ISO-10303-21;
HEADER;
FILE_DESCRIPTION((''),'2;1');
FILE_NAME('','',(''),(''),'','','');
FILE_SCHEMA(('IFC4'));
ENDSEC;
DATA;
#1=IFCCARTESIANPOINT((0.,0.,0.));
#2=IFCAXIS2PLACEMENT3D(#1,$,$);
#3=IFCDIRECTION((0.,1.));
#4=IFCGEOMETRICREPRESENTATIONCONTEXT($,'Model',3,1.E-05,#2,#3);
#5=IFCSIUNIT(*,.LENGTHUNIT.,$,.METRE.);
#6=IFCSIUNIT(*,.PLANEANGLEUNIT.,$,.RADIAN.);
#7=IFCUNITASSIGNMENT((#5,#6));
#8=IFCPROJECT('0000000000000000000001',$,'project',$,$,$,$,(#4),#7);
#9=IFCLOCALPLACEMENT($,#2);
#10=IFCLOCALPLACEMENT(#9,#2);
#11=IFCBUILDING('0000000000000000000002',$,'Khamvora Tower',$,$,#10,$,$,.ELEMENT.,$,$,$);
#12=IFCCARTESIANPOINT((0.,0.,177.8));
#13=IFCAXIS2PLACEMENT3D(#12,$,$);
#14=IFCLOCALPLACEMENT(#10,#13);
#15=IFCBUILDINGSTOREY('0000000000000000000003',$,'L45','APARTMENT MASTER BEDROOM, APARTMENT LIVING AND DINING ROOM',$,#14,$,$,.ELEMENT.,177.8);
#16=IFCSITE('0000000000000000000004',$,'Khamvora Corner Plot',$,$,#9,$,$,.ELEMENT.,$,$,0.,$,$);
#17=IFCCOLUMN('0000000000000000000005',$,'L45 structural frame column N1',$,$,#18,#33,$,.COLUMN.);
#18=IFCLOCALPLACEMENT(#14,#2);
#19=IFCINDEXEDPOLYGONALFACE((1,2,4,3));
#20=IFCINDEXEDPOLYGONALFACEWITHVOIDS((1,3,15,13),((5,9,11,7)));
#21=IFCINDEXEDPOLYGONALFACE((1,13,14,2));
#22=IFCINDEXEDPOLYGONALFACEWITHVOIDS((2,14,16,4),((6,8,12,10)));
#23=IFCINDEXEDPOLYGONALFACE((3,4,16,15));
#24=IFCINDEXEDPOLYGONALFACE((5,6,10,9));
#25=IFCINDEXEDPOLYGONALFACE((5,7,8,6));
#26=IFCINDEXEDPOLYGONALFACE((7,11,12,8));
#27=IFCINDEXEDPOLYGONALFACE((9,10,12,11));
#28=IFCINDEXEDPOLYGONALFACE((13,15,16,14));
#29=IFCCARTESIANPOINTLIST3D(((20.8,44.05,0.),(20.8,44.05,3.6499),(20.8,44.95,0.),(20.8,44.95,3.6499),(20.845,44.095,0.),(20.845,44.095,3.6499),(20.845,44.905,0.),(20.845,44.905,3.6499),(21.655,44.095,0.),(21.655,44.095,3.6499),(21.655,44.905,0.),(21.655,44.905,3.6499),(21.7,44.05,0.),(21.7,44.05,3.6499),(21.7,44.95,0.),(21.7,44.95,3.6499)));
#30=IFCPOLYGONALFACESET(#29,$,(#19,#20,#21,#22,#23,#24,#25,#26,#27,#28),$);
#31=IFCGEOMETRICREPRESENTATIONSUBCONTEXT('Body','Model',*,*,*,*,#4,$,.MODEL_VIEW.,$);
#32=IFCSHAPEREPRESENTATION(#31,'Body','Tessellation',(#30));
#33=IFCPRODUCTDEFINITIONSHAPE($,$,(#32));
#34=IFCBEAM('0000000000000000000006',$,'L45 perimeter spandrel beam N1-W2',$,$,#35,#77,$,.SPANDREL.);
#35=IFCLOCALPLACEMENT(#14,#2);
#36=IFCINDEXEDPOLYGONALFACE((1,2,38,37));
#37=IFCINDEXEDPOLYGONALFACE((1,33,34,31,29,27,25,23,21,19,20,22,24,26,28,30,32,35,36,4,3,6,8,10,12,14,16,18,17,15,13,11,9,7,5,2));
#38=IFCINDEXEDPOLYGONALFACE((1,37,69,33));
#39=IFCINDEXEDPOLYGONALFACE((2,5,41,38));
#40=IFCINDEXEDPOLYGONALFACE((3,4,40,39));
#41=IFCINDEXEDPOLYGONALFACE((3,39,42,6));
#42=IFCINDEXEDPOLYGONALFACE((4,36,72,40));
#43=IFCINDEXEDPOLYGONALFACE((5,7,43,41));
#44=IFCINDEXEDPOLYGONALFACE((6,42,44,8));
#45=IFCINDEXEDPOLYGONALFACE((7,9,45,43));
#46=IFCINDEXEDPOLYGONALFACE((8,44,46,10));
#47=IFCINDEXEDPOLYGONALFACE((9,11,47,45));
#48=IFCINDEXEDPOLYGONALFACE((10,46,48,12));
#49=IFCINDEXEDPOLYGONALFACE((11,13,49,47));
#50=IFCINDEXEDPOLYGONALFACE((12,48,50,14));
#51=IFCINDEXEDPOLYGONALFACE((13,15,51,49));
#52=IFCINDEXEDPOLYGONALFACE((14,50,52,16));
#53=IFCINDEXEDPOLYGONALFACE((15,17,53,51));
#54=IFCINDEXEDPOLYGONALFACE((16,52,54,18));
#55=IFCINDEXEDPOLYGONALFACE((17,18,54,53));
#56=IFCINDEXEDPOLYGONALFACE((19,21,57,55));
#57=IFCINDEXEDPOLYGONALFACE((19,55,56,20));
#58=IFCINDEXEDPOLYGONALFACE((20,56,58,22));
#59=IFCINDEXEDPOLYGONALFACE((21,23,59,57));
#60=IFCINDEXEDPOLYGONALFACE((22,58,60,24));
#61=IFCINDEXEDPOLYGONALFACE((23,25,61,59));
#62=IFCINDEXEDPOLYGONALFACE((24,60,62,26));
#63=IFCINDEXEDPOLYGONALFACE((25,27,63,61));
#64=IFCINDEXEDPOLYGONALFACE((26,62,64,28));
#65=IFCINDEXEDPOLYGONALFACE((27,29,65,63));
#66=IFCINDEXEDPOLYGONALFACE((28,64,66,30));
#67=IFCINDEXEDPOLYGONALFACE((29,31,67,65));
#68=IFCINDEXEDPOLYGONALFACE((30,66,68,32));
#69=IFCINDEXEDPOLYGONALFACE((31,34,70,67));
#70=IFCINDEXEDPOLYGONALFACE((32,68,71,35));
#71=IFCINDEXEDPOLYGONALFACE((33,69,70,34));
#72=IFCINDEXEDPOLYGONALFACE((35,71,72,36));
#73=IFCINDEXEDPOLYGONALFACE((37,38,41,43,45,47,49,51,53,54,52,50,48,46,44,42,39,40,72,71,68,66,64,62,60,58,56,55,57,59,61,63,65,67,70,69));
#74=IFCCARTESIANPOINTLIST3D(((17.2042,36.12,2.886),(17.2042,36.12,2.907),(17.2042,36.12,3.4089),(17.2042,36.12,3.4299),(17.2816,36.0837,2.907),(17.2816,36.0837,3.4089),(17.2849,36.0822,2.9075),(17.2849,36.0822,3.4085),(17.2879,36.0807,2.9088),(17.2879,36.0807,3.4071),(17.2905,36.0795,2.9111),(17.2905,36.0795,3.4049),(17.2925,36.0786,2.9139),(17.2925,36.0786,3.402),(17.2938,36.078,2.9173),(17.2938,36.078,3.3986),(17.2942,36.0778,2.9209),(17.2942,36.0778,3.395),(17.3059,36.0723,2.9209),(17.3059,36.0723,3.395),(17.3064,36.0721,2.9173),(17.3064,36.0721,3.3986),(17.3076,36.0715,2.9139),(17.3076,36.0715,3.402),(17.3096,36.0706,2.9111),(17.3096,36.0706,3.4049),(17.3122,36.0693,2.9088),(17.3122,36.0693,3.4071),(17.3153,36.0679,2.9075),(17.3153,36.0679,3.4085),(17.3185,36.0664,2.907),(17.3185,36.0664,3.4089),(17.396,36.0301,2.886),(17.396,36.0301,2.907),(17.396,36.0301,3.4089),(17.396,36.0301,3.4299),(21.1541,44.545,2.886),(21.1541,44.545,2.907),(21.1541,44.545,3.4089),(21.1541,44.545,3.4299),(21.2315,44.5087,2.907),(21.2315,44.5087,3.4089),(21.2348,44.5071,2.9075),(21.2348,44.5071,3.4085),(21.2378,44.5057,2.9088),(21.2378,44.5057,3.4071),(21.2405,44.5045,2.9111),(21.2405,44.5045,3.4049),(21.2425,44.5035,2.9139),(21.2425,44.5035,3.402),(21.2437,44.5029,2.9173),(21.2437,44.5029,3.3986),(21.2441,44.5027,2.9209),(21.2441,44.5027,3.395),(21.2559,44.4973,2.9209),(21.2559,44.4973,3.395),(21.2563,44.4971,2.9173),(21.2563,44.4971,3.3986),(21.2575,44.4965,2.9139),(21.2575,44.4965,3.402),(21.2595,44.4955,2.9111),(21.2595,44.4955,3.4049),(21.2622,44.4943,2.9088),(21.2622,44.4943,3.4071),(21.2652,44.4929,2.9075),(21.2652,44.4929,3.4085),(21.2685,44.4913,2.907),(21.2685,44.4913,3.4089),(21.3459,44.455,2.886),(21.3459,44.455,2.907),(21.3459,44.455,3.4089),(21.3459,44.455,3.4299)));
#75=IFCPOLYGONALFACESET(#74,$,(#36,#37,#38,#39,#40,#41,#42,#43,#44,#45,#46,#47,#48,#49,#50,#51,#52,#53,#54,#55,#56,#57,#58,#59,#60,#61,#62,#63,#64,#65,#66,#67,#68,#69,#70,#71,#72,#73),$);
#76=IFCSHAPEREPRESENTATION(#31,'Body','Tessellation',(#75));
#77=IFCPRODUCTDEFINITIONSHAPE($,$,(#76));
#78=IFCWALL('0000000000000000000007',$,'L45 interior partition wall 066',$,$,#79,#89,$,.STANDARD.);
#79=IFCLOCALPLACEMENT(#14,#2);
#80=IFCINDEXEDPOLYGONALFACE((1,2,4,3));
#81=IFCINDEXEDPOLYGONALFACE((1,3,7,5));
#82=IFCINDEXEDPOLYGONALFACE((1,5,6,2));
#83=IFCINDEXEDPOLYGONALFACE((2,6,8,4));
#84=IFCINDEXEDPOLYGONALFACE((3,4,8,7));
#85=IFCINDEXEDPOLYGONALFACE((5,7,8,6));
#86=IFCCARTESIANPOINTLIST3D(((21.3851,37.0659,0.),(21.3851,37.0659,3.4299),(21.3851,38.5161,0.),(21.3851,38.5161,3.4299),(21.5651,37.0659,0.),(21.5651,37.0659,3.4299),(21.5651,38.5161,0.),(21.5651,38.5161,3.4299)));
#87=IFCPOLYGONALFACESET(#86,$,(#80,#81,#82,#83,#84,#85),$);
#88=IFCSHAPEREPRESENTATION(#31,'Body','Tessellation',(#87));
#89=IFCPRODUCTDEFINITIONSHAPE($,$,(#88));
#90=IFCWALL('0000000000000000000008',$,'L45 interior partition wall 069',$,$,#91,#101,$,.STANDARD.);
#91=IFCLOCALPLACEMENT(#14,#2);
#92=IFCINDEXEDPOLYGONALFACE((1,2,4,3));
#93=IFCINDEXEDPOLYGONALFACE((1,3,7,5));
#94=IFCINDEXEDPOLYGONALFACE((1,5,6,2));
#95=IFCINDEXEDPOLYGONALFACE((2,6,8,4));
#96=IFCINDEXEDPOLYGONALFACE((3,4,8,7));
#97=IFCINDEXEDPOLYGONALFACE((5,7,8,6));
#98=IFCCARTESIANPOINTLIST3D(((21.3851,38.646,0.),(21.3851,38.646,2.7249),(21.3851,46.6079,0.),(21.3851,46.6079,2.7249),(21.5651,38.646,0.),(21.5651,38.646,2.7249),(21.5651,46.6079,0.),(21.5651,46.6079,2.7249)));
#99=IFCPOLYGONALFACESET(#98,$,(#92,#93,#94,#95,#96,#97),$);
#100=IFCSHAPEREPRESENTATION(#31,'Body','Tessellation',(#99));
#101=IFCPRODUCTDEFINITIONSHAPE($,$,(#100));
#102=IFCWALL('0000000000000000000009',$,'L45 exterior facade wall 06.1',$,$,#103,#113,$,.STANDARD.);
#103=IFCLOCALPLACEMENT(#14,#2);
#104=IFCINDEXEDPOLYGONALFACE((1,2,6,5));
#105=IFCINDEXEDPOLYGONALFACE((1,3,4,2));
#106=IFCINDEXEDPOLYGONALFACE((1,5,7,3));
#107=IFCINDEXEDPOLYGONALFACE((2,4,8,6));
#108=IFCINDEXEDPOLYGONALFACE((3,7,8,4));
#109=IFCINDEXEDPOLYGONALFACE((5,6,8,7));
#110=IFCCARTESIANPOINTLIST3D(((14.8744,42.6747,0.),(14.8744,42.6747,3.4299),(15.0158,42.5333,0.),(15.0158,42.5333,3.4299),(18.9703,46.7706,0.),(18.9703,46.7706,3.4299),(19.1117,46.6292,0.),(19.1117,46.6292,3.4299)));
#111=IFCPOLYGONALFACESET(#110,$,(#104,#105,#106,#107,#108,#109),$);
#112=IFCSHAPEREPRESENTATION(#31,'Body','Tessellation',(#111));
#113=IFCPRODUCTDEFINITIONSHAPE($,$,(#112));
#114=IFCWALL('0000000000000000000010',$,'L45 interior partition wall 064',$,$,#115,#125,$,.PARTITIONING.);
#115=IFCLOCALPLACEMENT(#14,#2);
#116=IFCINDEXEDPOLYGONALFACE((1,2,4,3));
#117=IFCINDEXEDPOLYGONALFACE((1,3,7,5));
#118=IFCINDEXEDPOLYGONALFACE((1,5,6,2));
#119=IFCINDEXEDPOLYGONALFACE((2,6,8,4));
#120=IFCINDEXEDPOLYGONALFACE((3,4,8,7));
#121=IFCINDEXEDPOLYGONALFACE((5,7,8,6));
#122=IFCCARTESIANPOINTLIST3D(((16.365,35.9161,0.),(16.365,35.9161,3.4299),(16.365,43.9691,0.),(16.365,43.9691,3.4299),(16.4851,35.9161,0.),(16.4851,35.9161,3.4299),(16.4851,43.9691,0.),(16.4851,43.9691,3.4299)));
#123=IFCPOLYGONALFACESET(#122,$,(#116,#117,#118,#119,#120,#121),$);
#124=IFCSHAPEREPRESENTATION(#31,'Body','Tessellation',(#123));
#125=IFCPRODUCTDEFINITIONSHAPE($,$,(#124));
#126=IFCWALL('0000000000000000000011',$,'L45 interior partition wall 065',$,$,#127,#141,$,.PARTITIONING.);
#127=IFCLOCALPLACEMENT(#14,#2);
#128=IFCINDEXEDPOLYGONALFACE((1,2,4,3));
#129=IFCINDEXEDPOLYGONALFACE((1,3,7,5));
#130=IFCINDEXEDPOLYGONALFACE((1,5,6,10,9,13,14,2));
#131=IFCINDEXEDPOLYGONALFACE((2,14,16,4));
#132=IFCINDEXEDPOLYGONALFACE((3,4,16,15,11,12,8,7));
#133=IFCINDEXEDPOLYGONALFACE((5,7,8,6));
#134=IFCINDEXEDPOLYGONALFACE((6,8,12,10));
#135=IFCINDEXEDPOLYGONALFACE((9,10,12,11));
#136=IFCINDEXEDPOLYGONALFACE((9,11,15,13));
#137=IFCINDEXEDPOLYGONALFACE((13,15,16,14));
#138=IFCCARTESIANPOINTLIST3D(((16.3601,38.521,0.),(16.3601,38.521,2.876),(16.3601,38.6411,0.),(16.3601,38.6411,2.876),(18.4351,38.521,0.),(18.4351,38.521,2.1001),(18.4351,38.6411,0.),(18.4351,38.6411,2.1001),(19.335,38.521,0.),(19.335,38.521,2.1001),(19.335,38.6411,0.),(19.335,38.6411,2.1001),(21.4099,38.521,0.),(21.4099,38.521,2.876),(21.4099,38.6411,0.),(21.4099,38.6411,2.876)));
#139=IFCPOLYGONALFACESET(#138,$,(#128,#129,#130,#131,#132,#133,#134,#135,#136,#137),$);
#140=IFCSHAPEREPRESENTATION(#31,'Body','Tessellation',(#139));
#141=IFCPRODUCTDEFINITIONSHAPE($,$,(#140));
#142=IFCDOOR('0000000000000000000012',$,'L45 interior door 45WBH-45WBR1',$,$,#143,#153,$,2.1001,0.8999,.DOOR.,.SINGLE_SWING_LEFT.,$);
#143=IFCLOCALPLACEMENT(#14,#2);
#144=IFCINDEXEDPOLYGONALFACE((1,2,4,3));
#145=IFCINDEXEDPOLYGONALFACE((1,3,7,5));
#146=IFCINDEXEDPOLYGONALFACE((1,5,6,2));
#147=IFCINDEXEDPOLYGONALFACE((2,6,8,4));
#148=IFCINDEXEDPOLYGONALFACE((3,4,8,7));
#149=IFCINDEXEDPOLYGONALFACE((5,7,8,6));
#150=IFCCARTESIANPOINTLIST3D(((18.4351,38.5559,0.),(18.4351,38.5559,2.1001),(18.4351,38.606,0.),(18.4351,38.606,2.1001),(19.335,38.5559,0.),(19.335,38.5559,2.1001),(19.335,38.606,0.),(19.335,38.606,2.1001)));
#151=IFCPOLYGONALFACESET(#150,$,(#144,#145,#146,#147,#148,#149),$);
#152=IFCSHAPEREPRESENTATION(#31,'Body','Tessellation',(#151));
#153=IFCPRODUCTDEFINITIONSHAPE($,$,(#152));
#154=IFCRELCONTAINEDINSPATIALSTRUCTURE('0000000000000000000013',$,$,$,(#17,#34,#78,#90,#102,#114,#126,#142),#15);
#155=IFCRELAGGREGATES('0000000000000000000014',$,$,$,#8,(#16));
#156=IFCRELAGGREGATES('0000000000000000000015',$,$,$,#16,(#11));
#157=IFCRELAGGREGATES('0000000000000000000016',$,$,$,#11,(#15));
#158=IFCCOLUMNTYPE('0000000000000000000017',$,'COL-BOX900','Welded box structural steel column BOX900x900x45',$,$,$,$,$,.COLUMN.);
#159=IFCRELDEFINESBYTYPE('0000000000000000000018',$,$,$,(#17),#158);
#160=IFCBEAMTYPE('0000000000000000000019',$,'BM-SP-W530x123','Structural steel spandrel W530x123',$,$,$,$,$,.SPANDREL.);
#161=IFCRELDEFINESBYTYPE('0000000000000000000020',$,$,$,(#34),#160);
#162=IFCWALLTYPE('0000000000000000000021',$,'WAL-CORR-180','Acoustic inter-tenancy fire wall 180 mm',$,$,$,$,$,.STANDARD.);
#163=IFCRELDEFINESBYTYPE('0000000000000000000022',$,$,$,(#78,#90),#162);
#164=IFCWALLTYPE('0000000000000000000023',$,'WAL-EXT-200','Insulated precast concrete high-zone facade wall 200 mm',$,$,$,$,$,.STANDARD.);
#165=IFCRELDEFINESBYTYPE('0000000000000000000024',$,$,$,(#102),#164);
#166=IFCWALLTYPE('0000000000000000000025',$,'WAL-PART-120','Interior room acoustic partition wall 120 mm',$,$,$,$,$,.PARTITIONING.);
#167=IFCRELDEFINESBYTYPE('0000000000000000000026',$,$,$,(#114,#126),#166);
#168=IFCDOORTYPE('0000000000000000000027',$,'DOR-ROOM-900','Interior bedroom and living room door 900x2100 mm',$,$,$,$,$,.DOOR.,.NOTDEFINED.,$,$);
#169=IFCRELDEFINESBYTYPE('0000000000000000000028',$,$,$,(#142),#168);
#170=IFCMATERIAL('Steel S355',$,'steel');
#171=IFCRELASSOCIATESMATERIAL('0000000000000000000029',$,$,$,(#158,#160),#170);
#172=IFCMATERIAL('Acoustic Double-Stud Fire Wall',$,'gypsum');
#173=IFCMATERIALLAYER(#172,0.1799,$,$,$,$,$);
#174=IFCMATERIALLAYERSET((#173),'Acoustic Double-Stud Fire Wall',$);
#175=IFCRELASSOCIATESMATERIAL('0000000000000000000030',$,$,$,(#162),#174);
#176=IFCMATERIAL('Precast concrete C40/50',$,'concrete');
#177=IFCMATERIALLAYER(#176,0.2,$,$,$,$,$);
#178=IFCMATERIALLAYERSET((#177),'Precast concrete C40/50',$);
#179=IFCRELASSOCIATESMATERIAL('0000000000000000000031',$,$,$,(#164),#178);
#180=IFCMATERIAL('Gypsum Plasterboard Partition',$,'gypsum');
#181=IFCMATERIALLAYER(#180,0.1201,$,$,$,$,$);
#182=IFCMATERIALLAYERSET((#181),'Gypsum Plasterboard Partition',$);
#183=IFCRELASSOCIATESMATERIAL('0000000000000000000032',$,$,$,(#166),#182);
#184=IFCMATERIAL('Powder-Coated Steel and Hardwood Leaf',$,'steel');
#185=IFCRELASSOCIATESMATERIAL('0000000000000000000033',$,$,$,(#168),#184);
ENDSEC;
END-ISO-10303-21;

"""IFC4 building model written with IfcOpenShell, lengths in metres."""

from ifc_helpers import new_model, si_unit, direction, frame, frame_2d, origin, origin_2d, place, context, subcontext, project, spatial, rectangle, hollow_rectangle, i_section, extrude, material, layer, layer_set, material_profile, profile_set, type_object, element, fill, save


model = new_model("IFC4")

# Units and contexts
model_context = context("Model", 3, precision=1e-05, world=origin(), true_north=direction((0.0, 1.0)))
body_context = subcontext(model_context, "Body", "Model", "MODEL_VIEW")
ifc_project = project(units=[si_unit("LENGTHUNIT", "METRE"), si_unit("PLANEANGLEUNIT", "RADIAN")], contexts=[model_context])

# Site, building, storey
site_placement = place(None, origin())
site = spatial("IfcSite", under=ifc_project, at=site_placement, Name="Khamvora Corner Plot", CompositionType="ELEMENT", RefElevation=0.0)
building_placement = place(site_placement, origin())
building = spatial("IfcBuilding", under=site, at=building_placement, Name="Khamvora Tower", CompositionType="ELEMENT")
storey_placement = place(building_placement, frame((0.0, 0.0, 177.8)))
storey = spatial("IfcBuildingStorey", under=building, at=storey_placement, Name="L45", Description="APARTMENT MASTER BEDROOM, APARTMENT LIVING AND DINING ROOM", CompositionType="ELEMENT", Elevation=177.8)

# Column
ifc_material_1 = material(Name="Steel S355", Category="steel")
ifc_material_profile_1 = material_profile(ifc_material_1, hollow_rectangle(XDim=0.8999, YDim=0.8999, WallThickness=0.0449, at=origin_2d()), Name="BOX900x900x45")
ifc_profile_set_1 = profile_set([ifc_material_profile_1], Name="Steel S355")
column_type = type_object("IfcColumnType", Name="COL-BOX900", Description="Welded box structural steel column BOX900x900x45", PredefinedType="COLUMN", material=ifc_profile_set_1)
column_placement = place(storey_placement, frame((21.25, 44.5, 0.0), z_axis=(0.0, 0.0, 1.0), x_axis=(1.0, 0.0, 0.0)))
element("IfcColumn", 1, at=column_placement, inside=storey, type_object=column_type, Name="L45 structural frame column N1", PredefinedType="COLUMN", context=body_context, shape_type="SweptSolid", body=[
    extrude(hollow_rectangle(XDim=0.8999, YDim=0.8999, WallThickness=0.0449, at=origin_2d()), origin(), (0.0, 0.0, 1.0), 3.6499),
])

# Beam
ifc_material_profile_2 = material_profile(ifc_material_1, i_section(OverallWidth=0.2119, OverallDepth=0.5439, WebThickness=0.0129, FlangeThickness=0.021, FilletRadius=0.0139, at=origin_2d()), Name="W530x123")
ifc_profile_set_2 = profile_set([ifc_material_profile_2], Name="Steel S355")
beam_type = type_object("IfcBeamType", Name="BM-SP-W530x123", Description="Structural steel spandrel W530x123", PredefinedType="SPANDREL", material=ifc_profile_set_2)
beam_placement = place(storey_placement, frame((21.25, 44.5, 3.158), z_axis=(-0.424496, -0.90543, 0.0), x_axis=(0.90543, -0.424496, 0.0)))
element("IfcBeam", 2, at=beam_placement, inside=storey, type_object=beam_type, Name="L45 perimeter spandrel beam N1-W2", PredefinedType="SPANDREL", context=body_context, shape_type="SweptSolid", body=[
    extrude(i_section(OverallWidth=0.2119, OverallDepth=0.5439, WebThickness=0.0129, FlangeThickness=0.021, FilletRadius=0.0139, at=origin_2d()), origin(), (0.0, 0.0, 1.0), 9.3049),
])

# Walls
ifc_material_2 = material(Name="Acoustic Double-Stud Fire Wall", Category="gypsum")
ifc_layer_1 = layer(ifc_material_2, 0.1799)
ifc_layer_set_1 = layer_set([ifc_layer_1], Name="Acoustic Double-Stud Fire Wall")
wall_type_1 = type_object("IfcWallType", Name="WAL-CORR-180", Description="Acoustic inter-tenancy fire wall 180 mm", PredefinedType="STANDARD", material=ifc_layer_set_1)
wall_1_placement = place(storey_placement, frame((21.4751, 38.5161, 0.0), z_axis=(0.0, 0.0, 1.0), x_axis=(0.0, -1.0, 0.0)))
element("IfcWall", 3, at=wall_1_placement, inside=storey, type_object=wall_type_1, Name="L45 interior partition wall 066", PredefinedType="STANDARD", context=body_context, shape_type="SweptSolid", body=[
    extrude(rectangle(XDim=1.4502, YDim=0.1799, at=frame_2d((0.7251, 0.0))), origin(), (0.0, 0.0, 1.0), 3.4299),
])
wall_2_placement = place(storey_placement, frame((21.4751, 46.6079, 0.0), z_axis=(0.0, 0.0, 1.0), x_axis=(0.0, -1.0, 0.0)))
element("IfcWall", 4, at=wall_2_placement, inside=storey, type_object=wall_type_1, Name="L45 interior partition wall 069", PredefinedType="STANDARD", context=body_context, shape_type="SweptSolid", body=[
    extrude(rectangle(XDim=7.9619, YDim=0.1799, at=frame_2d((3.981, 0.0))), origin(), (0.0, 0.0, 1.0), 2.7249),
])
ifc_material_3 = material(Name="Precast concrete C40/50", Category="concrete")
ifc_layer_2 = layer(ifc_material_3, 0.2)
ifc_layer_set_2 = layer_set([ifc_layer_2], Name="Precast concrete C40/50")
wall_type_2 = type_object("IfcWallType", Name="WAL-EXT-200", Description="Insulated precast concrete high-zone facade wall 200 mm", PredefinedType="STANDARD", material=ifc_layer_set_2)
wall_3_placement = place(storey_placement, frame((14.9451, 42.604, 0.0), z_axis=(0.0, 0.0, 1.0), x_axis=(0.707107, 0.707107, 0.0)))
element("IfcWall", 5, at=wall_3_placement, inside=storey, type_object=wall_type_2, Name="L45 exterior facade wall 06.1", PredefinedType="STANDARD", context=body_context, shape_type="SweptSolid", body=[
    extrude(rectangle(XDim=5.7925, YDim=0.2, at=frame_2d((2.8962, 0.0))), origin(), (0.0, 0.0, 1.0), 3.4299),
])

# Wall
ifc_material_4 = material(Name="Gypsum Plasterboard Partition", Category="gypsum")
ifc_layer_3 = layer(ifc_material_4, 0.1201)
ifc_layer_set_3 = layer_set([ifc_layer_3], Name="Gypsum Plasterboard Partition")
wall_type_3 = type_object("IfcWallType", Name="WAL-PART-120", Description="Interior room acoustic partition wall 120 mm", PredefinedType="PARTITIONING", material=ifc_layer_set_3)
wall_4_placement = place(storey_placement, frame((16.425, 43.969, 0.0), z_axis=(0.0, 0.0, 1.0), x_axis=(0.0, -1.0, 0.0)))
element("IfcWall", 6, at=wall_4_placement, inside=storey, type_object=wall_type_3, Name="L45 interior partition wall 064", PredefinedType="PARTITIONING", context=body_context, shape_type="SweptSolid", body=[
    extrude(rectangle(XDim=8.053, YDim=0.1201, at=frame_2d((4.0264, 0.0))), origin(), (0.0, 0.0, 1.0), 3.4299),
])

# Wall, opening, door
wall_5_placement = place(storey_placement, frame((16.3601, 38.5811, 0.0), z_axis=(0.0, 0.0, 1.0), x_axis=(1.0, 0.0, 0.0)))
wall_5 = element("IfcWall", 7, at=wall_5_placement, inside=storey, type_object=wall_type_3, Name="L45 interior partition wall 065", PredefinedType="PARTITIONING", context=body_context, shape_type="SweptSolid", body=[
    extrude(rectangle(XDim=5.0498, YDim=0.1201, at=frame_2d((2.5249, 0.0))), origin(), (0.0, 0.0, 1.0), 2.876),
])
opening_1_placement = place(wall_5_placement, frame((2.075, 0.0, 0.0)))
opening_1 = element("IfcOpeningElement", 8, at=opening_1_placement, cuts=wall_5, PredefinedType="OPENING", context=body_context, shape_type="SweptSolid", body=[
    extrude(rectangle(XDim=0.8999, YDim=2.1001, at=frame_2d((0.45, 1.05))), frame((0.0, 0.0701, 0.0), z_axis=(0.0, -1.0, 0.0), x_axis=(1.0, 0.0, 0.0)), (0.0, 0.0, 1.0), 0.1401),
])
ifc_material_5 = material(Name="Powder-Coated Steel and Hardwood Leaf", Category="steel")
door_type = type_object("IfcDoorType", Name="DOR-ROOM-900", Description="Interior bedroom and living room door 900x2100 mm", OperationType="NOTDEFINED", PredefinedType="DOOR", material=ifc_material_5)
door_1_placement = place(opening_1_placement, origin())
door_1 = element("IfcDoor", 9, at=door_1_placement, inside=storey, type_object=door_type, Name="L45 interior door 45WBH-45WBR1", OperationType="SINGLE_SWING_LEFT", OverallHeight=2.1001, OverallWidth=0.8999, PredefinedType="DOOR", context=body_context, shape_type="SweptSolid", body=[
    extrude(rectangle(XDim=0.8999, YDim=2.1001, at=frame_2d((0.45, 1.05))), frame((0.0, 0.0249, 0.0), z_axis=(0.0, -1.0, 0.0), x_axis=(1.0, 0.0, 0.0)), (0.0, 0.0, 1.0), 0.05),
])
fill(opening_1, door_1)

save(model, "model.ifc")
